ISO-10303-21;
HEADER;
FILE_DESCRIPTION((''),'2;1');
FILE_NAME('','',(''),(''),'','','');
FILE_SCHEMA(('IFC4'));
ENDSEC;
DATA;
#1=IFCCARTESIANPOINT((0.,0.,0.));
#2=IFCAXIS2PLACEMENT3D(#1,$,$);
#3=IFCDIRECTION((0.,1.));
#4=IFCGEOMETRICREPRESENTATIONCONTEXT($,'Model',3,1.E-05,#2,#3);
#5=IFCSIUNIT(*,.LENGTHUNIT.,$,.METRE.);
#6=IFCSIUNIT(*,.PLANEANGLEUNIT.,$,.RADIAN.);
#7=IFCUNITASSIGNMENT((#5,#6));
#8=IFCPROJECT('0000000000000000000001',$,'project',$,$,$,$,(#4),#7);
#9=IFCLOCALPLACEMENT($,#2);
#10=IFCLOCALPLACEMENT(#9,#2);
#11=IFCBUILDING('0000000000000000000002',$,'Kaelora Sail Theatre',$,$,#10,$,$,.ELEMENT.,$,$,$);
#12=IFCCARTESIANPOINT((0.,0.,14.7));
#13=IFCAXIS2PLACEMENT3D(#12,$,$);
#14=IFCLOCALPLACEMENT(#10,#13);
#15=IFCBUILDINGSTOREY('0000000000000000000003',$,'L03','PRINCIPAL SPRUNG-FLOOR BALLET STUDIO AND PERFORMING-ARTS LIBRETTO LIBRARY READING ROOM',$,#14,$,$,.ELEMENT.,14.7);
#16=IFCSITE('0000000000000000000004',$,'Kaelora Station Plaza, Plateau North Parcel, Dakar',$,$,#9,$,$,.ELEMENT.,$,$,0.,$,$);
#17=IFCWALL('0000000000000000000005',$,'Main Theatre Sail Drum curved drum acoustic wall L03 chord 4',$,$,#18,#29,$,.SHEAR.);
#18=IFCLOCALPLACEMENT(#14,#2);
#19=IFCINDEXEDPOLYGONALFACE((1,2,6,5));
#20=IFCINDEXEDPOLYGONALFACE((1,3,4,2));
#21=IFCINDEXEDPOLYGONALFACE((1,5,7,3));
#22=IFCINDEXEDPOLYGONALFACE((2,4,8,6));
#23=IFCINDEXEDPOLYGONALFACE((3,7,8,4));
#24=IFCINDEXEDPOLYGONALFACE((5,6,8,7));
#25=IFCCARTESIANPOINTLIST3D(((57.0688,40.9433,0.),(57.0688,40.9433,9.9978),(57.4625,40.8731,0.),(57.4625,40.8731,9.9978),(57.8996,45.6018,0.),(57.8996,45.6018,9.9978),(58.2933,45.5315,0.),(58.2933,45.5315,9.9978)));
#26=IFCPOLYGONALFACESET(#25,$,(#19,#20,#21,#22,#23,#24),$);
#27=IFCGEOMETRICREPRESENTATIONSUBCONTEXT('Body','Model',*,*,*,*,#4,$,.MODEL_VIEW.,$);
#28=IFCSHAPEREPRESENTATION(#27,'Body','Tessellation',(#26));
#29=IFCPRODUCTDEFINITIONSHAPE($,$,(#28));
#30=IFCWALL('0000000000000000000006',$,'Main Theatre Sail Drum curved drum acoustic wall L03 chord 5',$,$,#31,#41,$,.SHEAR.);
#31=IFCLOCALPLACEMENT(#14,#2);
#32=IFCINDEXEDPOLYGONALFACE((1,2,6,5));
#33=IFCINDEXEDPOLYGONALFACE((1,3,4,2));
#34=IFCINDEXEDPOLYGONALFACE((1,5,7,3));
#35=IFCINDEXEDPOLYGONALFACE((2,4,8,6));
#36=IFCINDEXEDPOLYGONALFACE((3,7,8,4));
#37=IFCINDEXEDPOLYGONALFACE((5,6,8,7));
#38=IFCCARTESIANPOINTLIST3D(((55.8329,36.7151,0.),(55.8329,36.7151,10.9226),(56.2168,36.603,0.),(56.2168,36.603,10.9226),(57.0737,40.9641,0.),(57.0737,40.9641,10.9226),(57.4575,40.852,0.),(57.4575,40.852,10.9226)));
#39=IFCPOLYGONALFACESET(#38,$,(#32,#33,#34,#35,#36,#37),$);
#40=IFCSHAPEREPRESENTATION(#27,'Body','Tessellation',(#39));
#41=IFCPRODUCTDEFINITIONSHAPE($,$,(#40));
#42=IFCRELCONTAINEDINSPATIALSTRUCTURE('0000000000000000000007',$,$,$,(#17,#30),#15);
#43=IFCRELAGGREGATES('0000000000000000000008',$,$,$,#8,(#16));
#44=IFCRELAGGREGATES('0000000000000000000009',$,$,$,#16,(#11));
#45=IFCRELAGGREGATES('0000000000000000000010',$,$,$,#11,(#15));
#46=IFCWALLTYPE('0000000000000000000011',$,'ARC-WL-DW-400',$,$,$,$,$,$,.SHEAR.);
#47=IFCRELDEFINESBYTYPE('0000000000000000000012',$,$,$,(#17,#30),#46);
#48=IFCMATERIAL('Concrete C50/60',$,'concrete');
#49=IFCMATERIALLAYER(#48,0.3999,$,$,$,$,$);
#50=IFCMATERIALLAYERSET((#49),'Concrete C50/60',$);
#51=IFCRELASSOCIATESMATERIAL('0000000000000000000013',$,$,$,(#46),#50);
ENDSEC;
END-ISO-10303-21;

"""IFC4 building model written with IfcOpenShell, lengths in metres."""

from ifc_helpers import new_model, si_unit, direction, frame, frame_2d, origin, place, context, subcontext, project, spatial, rectangle, extrude, material, layer, layer_set, type_object, element, save


model = new_model("IFC4")

# Units and contexts
model_context = context("Model", 3, precision=1e-05, world=origin(), true_north=direction((0.0, 1.0)))
body_context = subcontext(model_context, "Body", "Model", "MODEL_VIEW")
ifc_project = project(units=[si_unit("LENGTHUNIT", "METRE"), si_unit("PLANEANGLEUNIT", "RADIAN")], contexts=[model_context])

# Site, building, storey
site_placement = place(None, origin())
site = spatial("IfcSite", under=ifc_project, at=site_placement, Name="Kaelora Station Plaza, Plateau North Parcel, Dakar", CompositionType="ELEMENT", RefElevation=0.0)
building_placement = place(site_placement, origin())
building = spatial("IfcBuilding", under=site, at=building_placement, Name="Kaelora Sail Theatre", CompositionType="ELEMENT")
storey_placement = place(building_placement, frame((0.0, 0.0, 14.7)))
storey = spatial("IfcBuildingStorey", under=building, at=storey_placement, Name="L03", Description="PRINCIPAL SPRUNG-FLOOR BALLET STUDIO AND PERFORMING-ARTS LIBRETTO LIBRARY READING ROOM", CompositionType="ELEMENT", Elevation=14.7)

# Walls
ifc_material_1 = material(Name="Concrete C50/60", Category="concrete")
ifc_layer = layer(ifc_material_1, 0.3999)
ifc_layer_set = layer_set([ifc_layer], Name="Concrete C50/60")
wall_type = type_object("IfcWallType", Name="ARC-WL-DW-400", PredefinedType="SHEAR", material=ifc_layer_set)
wall_1_placement = place(storey_placement, frame((58.0964, 45.5667, 0.0), z_axis=(0.0, 0.0, 1.0), x_axis=(-0.175575, -0.984466, 0.0)))
element("IfcWall", 1, at=wall_1_placement, inside=storey, type_object=wall_type, Name="Main Theatre Sail Drum curved drum acoustic wall L03 chord 4", PredefinedType="SHEAR", context=body_context, shape_type="SweptSolid", body=[
    extrude(rectangle(XDim=4.7319, YDim=0.3999, at=frame_2d((2.366, 0.0))), origin(), (0.0, 0.0, 1.0), 9.9978),
])
wall_2_placement = place(storey_placement, frame((57.2656, 40.9082, 0.0), z_axis=(0.0, 0.0, 1.0), x_axis=(-0.280296, -0.959913, 0.0)))
element("IfcWall", 2, at=wall_2_placement, inside=storey, type_object=wall_type, Name="Main Theatre Sail Drum curved drum acoustic wall L03 chord 5", PredefinedType="SHEAR", context=body_context, shape_type="SweptSolid", body=[
    extrude(rectangle(XDim=4.4265, YDim=0.3999, at=frame_2d((2.2134, 0.0))), origin(), (0.0, 0.0, 1.0), 10.9226),
])

save(model, "model.ifc")
